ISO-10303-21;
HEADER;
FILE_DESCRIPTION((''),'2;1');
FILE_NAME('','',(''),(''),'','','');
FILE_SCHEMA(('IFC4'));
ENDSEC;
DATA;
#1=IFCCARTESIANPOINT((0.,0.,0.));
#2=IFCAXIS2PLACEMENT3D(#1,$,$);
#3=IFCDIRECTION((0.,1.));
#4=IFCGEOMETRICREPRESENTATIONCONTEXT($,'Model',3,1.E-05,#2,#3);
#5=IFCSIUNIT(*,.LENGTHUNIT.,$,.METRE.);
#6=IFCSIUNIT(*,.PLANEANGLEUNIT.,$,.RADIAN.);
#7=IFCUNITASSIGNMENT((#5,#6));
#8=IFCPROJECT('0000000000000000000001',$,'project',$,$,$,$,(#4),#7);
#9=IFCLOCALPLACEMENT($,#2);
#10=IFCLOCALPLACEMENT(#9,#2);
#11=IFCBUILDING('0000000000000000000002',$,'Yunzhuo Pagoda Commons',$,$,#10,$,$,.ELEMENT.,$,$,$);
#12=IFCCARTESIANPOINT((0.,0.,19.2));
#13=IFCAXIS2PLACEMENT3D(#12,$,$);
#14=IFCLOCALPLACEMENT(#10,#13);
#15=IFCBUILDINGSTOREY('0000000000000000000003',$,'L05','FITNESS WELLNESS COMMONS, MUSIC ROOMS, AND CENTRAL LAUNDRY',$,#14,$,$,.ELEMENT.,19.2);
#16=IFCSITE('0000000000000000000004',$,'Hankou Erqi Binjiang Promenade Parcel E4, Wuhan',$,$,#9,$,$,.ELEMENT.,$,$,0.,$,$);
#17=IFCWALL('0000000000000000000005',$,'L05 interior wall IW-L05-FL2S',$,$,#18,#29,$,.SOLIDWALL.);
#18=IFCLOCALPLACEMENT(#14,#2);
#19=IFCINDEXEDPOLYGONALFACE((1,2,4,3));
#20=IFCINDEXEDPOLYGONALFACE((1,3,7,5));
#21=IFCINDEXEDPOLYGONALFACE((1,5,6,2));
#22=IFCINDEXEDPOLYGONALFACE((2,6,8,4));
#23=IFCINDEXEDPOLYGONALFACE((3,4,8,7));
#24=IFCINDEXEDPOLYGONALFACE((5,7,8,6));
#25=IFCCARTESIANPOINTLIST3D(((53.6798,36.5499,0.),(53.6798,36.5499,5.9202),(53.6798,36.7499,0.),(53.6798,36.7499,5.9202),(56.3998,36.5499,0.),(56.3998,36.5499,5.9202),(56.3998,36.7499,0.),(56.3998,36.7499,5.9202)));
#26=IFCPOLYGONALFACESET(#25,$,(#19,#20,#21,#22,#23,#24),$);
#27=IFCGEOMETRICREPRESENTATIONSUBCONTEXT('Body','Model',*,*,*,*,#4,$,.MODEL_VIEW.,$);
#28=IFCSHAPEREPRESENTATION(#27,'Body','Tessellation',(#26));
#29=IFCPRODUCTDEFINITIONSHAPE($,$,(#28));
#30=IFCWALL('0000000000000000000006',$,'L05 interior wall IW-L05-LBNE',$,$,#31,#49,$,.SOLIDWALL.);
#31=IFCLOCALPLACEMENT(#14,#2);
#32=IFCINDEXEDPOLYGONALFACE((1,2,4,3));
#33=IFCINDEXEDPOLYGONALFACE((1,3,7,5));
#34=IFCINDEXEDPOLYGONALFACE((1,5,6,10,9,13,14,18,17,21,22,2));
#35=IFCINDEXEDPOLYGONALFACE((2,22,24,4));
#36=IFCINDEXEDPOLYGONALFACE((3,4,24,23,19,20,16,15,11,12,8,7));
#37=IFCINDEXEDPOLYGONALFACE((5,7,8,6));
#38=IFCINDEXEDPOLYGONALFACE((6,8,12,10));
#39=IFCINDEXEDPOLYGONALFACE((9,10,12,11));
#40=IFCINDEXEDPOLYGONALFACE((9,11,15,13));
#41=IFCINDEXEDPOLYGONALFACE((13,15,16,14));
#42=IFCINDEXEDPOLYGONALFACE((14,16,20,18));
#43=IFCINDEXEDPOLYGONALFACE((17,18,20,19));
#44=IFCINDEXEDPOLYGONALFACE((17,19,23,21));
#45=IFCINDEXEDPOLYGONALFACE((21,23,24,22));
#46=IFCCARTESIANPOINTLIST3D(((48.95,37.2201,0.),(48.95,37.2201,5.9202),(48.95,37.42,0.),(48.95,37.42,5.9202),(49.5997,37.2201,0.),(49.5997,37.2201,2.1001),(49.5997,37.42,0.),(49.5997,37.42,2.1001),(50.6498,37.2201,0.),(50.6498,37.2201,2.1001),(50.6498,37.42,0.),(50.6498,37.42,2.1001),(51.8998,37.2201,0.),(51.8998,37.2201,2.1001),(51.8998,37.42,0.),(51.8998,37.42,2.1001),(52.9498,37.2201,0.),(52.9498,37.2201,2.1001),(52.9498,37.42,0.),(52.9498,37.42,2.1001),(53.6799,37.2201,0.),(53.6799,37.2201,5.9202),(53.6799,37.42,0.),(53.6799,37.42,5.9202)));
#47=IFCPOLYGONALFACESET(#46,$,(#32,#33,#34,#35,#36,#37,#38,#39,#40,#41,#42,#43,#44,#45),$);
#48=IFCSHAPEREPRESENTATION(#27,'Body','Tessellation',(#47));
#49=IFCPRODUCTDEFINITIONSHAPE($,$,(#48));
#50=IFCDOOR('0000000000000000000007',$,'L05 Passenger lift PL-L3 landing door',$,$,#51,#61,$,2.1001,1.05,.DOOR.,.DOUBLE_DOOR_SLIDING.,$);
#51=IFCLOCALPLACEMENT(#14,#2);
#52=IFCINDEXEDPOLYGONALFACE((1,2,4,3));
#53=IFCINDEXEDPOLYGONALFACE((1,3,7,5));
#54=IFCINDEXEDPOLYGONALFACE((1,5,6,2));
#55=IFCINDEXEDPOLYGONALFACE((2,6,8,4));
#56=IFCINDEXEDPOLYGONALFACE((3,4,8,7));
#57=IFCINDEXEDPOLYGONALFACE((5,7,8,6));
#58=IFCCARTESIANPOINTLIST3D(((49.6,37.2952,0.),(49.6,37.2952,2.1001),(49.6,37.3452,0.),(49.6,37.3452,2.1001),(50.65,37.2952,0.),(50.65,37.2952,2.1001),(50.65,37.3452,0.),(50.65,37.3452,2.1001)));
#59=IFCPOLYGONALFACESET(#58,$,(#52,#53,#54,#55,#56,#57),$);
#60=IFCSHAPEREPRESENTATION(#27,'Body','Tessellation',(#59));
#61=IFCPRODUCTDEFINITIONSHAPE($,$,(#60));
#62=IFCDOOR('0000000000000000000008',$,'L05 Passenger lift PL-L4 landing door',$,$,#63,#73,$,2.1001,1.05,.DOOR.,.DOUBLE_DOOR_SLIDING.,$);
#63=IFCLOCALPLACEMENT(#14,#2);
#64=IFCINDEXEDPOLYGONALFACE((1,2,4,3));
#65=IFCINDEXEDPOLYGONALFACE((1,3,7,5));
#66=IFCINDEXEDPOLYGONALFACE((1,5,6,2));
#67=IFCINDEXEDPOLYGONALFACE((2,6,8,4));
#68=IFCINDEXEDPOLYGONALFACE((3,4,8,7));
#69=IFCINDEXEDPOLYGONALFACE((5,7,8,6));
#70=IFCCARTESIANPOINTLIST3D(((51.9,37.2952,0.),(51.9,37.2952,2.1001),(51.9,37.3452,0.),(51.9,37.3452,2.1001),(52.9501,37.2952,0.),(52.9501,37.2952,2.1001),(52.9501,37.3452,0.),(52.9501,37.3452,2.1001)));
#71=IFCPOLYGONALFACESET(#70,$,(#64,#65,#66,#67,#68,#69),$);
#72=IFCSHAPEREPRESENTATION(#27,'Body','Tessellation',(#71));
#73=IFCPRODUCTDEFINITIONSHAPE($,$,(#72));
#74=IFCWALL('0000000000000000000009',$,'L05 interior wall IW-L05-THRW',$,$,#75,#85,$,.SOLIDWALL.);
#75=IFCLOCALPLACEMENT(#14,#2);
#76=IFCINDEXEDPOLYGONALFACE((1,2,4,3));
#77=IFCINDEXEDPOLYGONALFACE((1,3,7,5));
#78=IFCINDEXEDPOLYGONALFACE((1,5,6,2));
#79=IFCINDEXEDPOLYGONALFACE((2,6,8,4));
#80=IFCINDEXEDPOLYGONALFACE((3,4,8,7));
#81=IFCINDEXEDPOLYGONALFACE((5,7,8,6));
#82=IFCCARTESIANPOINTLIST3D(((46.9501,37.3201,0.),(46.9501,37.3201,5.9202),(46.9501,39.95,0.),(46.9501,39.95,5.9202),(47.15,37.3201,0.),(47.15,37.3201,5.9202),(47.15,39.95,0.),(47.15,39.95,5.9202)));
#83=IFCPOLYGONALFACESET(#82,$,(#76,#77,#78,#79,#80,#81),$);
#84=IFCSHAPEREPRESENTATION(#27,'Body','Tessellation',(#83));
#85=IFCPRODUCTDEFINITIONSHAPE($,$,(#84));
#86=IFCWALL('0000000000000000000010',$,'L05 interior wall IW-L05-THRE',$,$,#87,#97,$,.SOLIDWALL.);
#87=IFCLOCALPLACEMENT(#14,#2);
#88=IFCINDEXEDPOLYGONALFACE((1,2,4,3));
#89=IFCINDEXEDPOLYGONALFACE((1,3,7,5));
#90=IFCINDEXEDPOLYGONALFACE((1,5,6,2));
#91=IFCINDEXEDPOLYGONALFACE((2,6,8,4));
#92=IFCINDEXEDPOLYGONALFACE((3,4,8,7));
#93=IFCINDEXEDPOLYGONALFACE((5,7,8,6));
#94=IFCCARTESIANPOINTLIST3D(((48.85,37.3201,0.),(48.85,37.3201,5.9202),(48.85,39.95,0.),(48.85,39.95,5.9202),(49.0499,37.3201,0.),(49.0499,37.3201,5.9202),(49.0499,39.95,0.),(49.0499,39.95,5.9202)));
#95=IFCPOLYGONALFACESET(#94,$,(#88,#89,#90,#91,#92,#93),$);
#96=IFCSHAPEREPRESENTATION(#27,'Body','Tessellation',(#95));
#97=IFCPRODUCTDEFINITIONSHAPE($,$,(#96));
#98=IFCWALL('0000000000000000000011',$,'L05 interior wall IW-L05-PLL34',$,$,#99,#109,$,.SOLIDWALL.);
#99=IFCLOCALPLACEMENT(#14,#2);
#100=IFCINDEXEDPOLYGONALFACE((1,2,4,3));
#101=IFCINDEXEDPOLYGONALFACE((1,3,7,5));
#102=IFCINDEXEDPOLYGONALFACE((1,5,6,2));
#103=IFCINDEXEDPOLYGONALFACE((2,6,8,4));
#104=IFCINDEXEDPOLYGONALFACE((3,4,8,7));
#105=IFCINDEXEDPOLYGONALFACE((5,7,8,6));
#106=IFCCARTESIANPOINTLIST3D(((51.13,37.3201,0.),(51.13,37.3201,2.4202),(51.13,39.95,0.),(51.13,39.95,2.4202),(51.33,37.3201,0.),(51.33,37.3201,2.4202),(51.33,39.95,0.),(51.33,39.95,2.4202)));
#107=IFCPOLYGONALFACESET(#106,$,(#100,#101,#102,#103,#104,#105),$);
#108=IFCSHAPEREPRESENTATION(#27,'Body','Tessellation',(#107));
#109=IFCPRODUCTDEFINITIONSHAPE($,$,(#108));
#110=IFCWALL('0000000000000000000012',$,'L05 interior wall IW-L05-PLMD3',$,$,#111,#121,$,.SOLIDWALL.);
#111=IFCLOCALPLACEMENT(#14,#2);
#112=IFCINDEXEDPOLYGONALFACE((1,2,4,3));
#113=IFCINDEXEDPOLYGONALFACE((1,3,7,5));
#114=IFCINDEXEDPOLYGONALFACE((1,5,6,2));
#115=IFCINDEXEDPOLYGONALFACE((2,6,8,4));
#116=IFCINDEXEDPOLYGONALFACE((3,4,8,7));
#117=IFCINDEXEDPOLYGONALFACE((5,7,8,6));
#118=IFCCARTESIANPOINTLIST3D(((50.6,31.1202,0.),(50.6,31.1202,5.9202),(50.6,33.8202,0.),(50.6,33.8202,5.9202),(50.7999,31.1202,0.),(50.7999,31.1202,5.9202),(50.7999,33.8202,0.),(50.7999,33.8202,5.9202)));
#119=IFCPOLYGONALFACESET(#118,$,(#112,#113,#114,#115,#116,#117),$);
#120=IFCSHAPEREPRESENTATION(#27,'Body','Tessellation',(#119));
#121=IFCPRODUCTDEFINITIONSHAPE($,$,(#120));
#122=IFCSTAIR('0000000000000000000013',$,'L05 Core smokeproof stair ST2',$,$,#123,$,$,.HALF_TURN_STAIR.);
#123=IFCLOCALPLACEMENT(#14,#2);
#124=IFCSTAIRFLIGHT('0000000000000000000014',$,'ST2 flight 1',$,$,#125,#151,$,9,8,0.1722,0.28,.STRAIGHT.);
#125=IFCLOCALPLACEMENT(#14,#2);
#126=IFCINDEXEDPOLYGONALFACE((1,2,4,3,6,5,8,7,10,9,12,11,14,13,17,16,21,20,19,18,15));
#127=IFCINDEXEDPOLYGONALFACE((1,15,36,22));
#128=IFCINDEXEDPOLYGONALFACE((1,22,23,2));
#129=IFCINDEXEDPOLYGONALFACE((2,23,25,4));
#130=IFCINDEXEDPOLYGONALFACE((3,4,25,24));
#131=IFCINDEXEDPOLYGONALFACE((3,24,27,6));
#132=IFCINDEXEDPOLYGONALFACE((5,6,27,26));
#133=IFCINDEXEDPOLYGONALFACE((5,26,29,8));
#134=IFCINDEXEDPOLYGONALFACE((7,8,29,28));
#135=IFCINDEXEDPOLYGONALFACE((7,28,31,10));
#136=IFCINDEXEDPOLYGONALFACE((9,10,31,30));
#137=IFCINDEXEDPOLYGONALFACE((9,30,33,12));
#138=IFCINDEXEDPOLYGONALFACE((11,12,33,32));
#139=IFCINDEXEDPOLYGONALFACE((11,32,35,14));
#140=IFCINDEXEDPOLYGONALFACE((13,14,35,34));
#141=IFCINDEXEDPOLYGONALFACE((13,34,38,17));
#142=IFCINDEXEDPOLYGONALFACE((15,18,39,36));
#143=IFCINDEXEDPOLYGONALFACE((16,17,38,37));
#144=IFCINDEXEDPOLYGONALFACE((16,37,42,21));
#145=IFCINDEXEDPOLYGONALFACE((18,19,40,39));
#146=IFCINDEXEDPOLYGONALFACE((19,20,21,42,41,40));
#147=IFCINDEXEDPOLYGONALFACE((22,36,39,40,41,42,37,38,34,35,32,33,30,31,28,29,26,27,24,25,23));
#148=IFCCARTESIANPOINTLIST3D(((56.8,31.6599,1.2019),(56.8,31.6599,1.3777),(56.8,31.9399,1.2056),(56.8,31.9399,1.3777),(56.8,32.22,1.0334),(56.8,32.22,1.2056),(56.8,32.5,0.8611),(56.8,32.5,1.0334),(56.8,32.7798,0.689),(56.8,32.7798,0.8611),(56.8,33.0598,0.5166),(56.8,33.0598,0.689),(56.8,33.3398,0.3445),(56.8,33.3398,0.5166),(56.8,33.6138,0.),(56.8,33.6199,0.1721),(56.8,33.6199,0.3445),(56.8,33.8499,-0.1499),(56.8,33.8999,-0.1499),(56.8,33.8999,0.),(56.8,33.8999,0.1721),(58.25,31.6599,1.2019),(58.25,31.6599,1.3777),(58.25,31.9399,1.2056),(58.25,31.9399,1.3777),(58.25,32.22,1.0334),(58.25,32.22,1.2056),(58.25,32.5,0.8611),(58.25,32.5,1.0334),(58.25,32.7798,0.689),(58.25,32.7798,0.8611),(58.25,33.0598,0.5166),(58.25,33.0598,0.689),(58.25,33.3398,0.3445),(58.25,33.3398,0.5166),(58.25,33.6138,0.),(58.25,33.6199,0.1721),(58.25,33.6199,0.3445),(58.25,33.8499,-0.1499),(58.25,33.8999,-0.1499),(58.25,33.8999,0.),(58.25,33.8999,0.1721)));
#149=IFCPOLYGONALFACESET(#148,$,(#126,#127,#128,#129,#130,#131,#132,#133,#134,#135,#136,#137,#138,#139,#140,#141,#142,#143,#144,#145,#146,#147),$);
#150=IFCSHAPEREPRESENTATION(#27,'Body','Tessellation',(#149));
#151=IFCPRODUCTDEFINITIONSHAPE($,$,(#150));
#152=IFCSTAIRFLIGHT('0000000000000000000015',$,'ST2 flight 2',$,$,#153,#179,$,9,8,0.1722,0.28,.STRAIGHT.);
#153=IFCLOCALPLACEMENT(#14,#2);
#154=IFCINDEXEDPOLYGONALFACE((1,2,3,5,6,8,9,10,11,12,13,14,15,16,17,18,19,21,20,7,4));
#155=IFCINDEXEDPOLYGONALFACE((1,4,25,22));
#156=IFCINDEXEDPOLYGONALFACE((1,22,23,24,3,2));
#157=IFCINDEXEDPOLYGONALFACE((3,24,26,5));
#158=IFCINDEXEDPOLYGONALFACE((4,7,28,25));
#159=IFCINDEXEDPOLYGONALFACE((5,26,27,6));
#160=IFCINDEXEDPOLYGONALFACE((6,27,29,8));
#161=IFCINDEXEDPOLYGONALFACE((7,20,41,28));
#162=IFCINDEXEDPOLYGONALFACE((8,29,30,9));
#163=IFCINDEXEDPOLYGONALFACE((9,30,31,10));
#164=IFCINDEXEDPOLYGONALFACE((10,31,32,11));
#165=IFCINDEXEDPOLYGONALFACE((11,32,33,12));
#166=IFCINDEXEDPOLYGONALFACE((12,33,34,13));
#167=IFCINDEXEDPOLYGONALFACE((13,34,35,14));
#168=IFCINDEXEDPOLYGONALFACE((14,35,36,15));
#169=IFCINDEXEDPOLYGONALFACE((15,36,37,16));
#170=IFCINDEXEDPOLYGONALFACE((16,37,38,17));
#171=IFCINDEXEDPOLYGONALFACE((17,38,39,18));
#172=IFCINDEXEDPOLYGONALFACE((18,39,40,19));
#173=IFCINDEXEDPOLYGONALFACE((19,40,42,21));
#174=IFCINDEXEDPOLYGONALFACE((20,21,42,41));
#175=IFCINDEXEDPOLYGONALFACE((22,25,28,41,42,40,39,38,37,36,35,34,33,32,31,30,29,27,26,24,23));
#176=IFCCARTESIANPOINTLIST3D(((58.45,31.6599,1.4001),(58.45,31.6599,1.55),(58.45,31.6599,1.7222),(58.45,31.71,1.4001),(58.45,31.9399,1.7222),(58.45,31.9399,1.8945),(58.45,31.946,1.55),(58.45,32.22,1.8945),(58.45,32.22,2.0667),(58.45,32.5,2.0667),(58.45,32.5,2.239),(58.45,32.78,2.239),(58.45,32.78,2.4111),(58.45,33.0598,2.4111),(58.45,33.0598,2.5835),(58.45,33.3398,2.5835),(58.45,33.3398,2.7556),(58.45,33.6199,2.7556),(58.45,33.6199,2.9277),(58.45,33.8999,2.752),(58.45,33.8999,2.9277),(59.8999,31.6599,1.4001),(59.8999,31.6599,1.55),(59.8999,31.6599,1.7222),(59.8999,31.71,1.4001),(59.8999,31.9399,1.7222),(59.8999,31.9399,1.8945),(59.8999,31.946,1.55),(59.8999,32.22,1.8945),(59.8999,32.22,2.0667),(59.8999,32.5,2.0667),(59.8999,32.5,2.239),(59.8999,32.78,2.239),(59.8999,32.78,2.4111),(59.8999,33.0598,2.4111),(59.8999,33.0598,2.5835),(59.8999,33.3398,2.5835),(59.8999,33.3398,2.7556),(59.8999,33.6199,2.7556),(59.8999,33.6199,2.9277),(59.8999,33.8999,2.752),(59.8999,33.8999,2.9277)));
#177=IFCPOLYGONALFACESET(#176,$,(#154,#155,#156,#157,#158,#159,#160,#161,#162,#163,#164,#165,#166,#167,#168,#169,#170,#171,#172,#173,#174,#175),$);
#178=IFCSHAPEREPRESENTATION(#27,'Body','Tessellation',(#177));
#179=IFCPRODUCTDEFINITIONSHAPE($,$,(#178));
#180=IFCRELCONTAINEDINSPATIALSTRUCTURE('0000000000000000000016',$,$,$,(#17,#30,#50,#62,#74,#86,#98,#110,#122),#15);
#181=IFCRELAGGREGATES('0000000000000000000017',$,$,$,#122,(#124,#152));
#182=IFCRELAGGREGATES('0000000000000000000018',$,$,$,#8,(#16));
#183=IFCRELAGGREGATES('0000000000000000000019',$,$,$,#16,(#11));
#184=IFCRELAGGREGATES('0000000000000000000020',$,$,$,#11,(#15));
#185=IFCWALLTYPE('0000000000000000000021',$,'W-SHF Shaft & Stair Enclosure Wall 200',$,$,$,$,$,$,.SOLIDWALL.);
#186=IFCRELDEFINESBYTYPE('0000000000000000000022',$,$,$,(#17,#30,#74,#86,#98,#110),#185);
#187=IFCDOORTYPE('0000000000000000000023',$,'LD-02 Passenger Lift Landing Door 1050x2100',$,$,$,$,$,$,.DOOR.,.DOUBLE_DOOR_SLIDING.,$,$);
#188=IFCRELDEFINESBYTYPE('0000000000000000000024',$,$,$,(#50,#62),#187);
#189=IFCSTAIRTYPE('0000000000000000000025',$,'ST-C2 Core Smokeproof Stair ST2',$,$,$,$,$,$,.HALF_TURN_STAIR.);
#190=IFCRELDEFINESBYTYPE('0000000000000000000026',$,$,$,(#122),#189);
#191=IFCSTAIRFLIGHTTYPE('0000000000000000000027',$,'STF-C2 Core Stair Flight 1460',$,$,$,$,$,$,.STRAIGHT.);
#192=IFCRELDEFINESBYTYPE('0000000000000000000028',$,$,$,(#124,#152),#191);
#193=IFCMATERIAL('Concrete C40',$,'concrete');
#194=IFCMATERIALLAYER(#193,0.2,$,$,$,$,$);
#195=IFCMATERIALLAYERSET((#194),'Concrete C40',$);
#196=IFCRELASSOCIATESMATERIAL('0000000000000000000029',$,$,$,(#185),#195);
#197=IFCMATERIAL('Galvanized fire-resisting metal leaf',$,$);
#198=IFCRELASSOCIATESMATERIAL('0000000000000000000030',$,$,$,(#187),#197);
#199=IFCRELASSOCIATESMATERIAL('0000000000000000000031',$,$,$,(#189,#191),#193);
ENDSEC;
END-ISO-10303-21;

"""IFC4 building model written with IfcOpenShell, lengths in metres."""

from ifc_helpers import new_model, si_unit, direction, frame, frame_2d, origin, place, context, subcontext, project, spatial, polyline, rectangle, outline, extrude, source, transform, mapped, material, layer, layer_set, type_object, element, fill, aggregate, save


model = new_model("IFC4")

# Units and contexts
model_context = context("Model", 3, precision=1e-05, world=origin(), true_north=direction((0.0, 1.0)))
body_context = subcontext(model_context, "Body", "Model", "MODEL_VIEW")
ifc_project = project(units=[si_unit("LENGTHUNIT", "METRE"), si_unit("PLANEANGLEUNIT", "RADIAN")], contexts=[model_context])

# Site, building, storey
site_placement = place(None, origin())
site = spatial("IfcSite", under=ifc_project, at=site_placement, Name="Hankou Erqi Binjiang Promenade Parcel E4, Wuhan", CompositionType="ELEMENT", RefElevation=0.0)
building_placement = place(site_placement, origin())
building = spatial("IfcBuilding", under=site, at=building_placement, Name="Yunzhuo Pagoda Commons", CompositionType="ELEMENT")
storey_placement = place(building_placement, frame((0.0, 0.0, 19.2)))
storey = spatial("IfcBuildingStorey", under=building, at=storey_placement, Name="L05", Description="FITNESS WELLNESS COMMONS, MUSIC ROOMS, AND CENTRAL LAUNDRY", CompositionType="ELEMENT", Elevation=19.2)

# Shared definitions
ifc_material_1 = material(Name="Galvanized fire-resisting metal leaf")
shared_shape_1 = source(origin(), body_context, "Body", "SweptSolid", [
    extrude(rectangle(XDim=1.05, YDim=2.1001, at=frame_2d((0.5249, 1.05))), frame((0.0, 0.0249, 0.0), z_axis=(0.0, -1.0, 0.0), x_axis=(1.0, 0.0, 0.0)), (0.0, 0.0, 1.0), 0.05),
])

# Wall
ifc_material_2 = material(Name="Concrete C40", Category="concrete")
ifc_layer_1 = layer(ifc_material_2, 0.2)
ifc_layer_set_1 = layer_set([ifc_layer_1], Name="Concrete C40")
wall_type_1 = type_object("IfcWallType", Name="W-SHF Shaft & Stair Enclosure Wall 200", PredefinedType="SOLIDWALL", material=ifc_layer_set_1)
wall_1_placement = place(storey_placement, frame((53.6799, 36.6499, 0.0), z_axis=(0.0, 0.0, 1.0), x_axis=(1.0, 0.0, 0.0)))
element("IfcWall", 1, at=wall_1_placement, inside=storey, type_object=wall_type_1, Name="L05 interior wall IW-L05-FL2S", PredefinedType="SOLIDWALL", context=body_context, shape_type="SweptSolid", body=[
    extrude(rectangle(XDim=2.72, YDim=0.2, at=frame_2d((1.3599, 0.0))), origin(), (0.0, 0.0, 1.0), 5.9202),
])

# Wall, openings, doors
wall_2_placement = place(storey_placement, frame((48.95, 37.3201, 0.0), z_axis=(0.0, 0.0, 1.0), x_axis=(1.0, 0.0, 0.0)))
wall_2 = element("IfcWall", 2, at=wall_2_placement, inside=storey, type_object=wall_type_1, Name="L05 interior wall IW-L05-LBNE", PredefinedType="SOLIDWALL", context=body_context, shape_type="SweptSolid", body=[
    extrude(rectangle(XDim=4.73, YDim=0.2, at=frame_2d((2.365, 0.0))), origin(), (0.0, 0.0, 1.0), 5.9202),
])
opening_1_placement = place(wall_2_placement, frame((0.6499, 0.0, 0.0)))
opening_1 = element("IfcOpeningElement", 3, at=opening_1_placement, cuts=wall_2, PredefinedType="OPENING", context=body_context, shape_type="SweptSolid", body=[
    extrude(rectangle(XDim=1.05, YDim=2.1001, at=frame_2d((0.5249, 1.05))), frame((0.0, 0.1099, 0.0), z_axis=(0.0, -1.0, 0.0), x_axis=(1.0, 0.0, 0.0)), (0.0, 0.0, 1.0), 0.22),
])
opening_2_placement = place(wall_2_placement, frame((2.95, 0.0, 0.0)))
opening_2 = element("IfcOpeningElement", 4, at=opening_2_placement, cuts=wall_2, PredefinedType="OPENING", context=body_context, shape_type="SweptSolid", body=[
    extrude(rectangle(XDim=1.05, YDim=2.1001, at=frame_2d((0.5249, 1.05))), frame((0.0, 0.1099, 0.0), z_axis=(0.0, -1.0, 0.0), x_axis=(1.0, 0.0, 0.0)), (0.0, 0.0, 1.0), 0.22),
])
door_type_1 = type_object("IfcDoorType", Name="LD-02 Passenger Lift Landing Door 1050x2100", OperationType="DOUBLE_DOOR_SLIDING", PredefinedType="DOOR", material=ifc_material_1)
door_1_placement = place(opening_1_placement, frame((1.05, 0.0, 0.0), z_axis=(0.0, 0.0, 1.0), x_axis=(-1.0, 0.0, 0.0)))
door_1 = element("IfcDoor", 5, at=door_1_placement, inside=storey, type_object=door_type_1, Name="L05 Passenger lift PL-L3 landing door", OperationType="DOUBLE_DOOR_SLIDING", OverallHeight=2.1001, OverallWidth=1.05, PredefinedType="DOOR", context=body_context, shape_type="MappedRepresentation", body=[
    mapped(shared_shape_1, transform((0.0, 0.0, 0.0), scale=1.0)),
])
fill(opening_1, door_1)
door_2_placement = place(opening_2_placement, frame((1.05, 0.0, 0.0), z_axis=(0.0, 0.0, 1.0), x_axis=(-1.0, 0.0, 0.0)))
door_2 = element("IfcDoor", 6, at=door_2_placement, inside=storey, type_object=door_type_1, Name="L05 Passenger lift PL-L4 landing door", OperationType="DOUBLE_DOOR_SLIDING", OverallHeight=2.1001, OverallWidth=1.05, PredefinedType="DOOR", context=body_context, shape_type="MappedRepresentation", body=[
    mapped(shared_shape_1, transform((0.0, 0.0, 0.0), scale=1.0)),
])
fill(opening_2, door_2)

# Walls
for number, where, z_axis, x_axis, name in (
    (7, (47.05, 37.3201, 0.0), (0.0, 0.0, 1.0), (0.0, 1.0, 0.0), "L05 interior wall IW-L05-THRW"),
    (8, (48.95, 37.3201, 0.0), (0.0, 0.0, 1.0), (0.0, 1.0, 0.0), "L05 interior wall IW-L05-THRE"),
):
    element("IfcWall", number, at=place(storey_placement, frame(where, z_axis=z_axis, x_axis=x_axis)), inside=storey, type_object=wall_type_1, Name=name, PredefinedType="SOLIDWALL", context=body_context, shape_type="SweptSolid", body=[
        extrude(rectangle(XDim=2.6299, YDim=0.2, at=frame_2d((1.3149, 0.0))), origin(), (0.0, 0.0, 1.0), 5.9202),
    ])
wall_3_placement = place(storey_placement, frame((51.23, 37.3201, 0.0), z_axis=(0.0, 0.0, 1.0), x_axis=(0.0, 1.0, 0.0)))
element("IfcWall", 9, at=wall_3_placement, inside=storey, type_object=wall_type_1, Name="L05 interior wall IW-L05-PLL34", PredefinedType="SOLIDWALL", context=body_context, shape_type="SweptSolid", body=[
    extrude(rectangle(XDim=2.6299, YDim=0.2, at=frame_2d((1.3149, 0.0))), origin(), (0.0, 0.0, 1.0), 2.4202),
])
wall_4_placement = place(storey_placement, frame((50.7, 31.1201, 0.0), z_axis=(0.0, 0.0, 1.0), x_axis=(0.0, 1.0, 0.0)))
element("IfcWall", 10, at=wall_4_placement, inside=storey, type_object=wall_type_1, Name="L05 interior wall IW-L05-PLMD3", PredefinedType="SOLIDWALL", context=body_context, shape_type="SweptSolid", body=[
    extrude(rectangle(XDim=2.7, YDim=0.2, at=frame_2d((1.3501, 0.0))), origin(), (0.0, 0.0, 1.0), 5.9202),
])

# Stair, stair flights
stair_type = type_object("IfcStairType", Name="ST-C2 Core Smokeproof Stair ST2", PredefinedType="HALF_TURN_STAIR", material=ifc_material_2)
stair_placement = place(storey_placement, origin())
stair = element("IfcStair", 11, at=stair_placement, inside=storey, type_object=stair_type, Name="L05 Core smokeproof stair ST2", PredefinedType="HALF_TURN_STAIR")
stair_flight_type = type_object("IfcStairFlightType", Name="STF-C2 Core Stair Flight 1460", PredefinedType="STRAIGHT", material=ifc_material_2)
shared_shape_2 = source(origin(), body_context, "Body", "SweptSolid", [
    extrude(outline(polyline([(0.0, -0.1499), (0.0, 0.0), (0.0, 0.1721), (0.28, 0.1721), (0.28, 0.3445), (0.5601, 0.3445), (0.5601, 0.5166), (0.8401, 0.5166), (0.8401, 0.689), (1.1201, 0.689), (1.1201, 0.8611), (1.3999, 0.8611), (1.3999, 1.0334), (1.6799, 1.0334), (1.6799, 1.2056), (1.96, 1.2056), (1.96, 1.3777), (2.24, 1.3777), (2.24, 1.55), (2.24, 1.2019), (0.2861, 0.0), (0.05, -0.1499), (0.0, -0.1499)])), frame((0.0, 0.7251, 0.0), z_axis=(0.0, -1.0, 0.0), x_axis=(1.0, 0.0, 0.0)), (0.0, 0.0, 1.0), 1.45),
])
stair_flight_1_placement = place(storey_placement, frame((57.5249, 33.8999, 0.0), z_axis=(0.0, 0.0, 1.0), x_axis=(0.0, -1.0, 0.0)))
stair_flight_1 = element("IfcStairFlight", 12, at=stair_flight_1_placement, type_object=stair_flight_type, Name="ST2 flight 1", NumberOfRisers=9, NumberOfTreads=8, PredefinedType="STRAIGHT", RiserHeight=0.1722, TreadLength=0.28, context=body_context, shape_type="MappedRepresentation", body=[
    mapped(shared_shape_2, transform((0.0, 0.0, 0.0), scale=1.0)),
])
stair_flight_2_placement = place(storey_placement, frame((59.175, 31.6599, 1.55), z_axis=(0.0, 0.0, 1.0), x_axis=(0.0, 1.0, 0.0)))
stair_flight_2 = element("IfcStairFlight", 13, at=stair_flight_2_placement, type_object=stair_flight_type, Name="ST2 flight 2", NumberOfRisers=9, NumberOfTreads=8, PredefinedType="STRAIGHT", RiserHeight=0.1722, TreadLength=0.28, context=body_context, shape_type="MappedRepresentation", body=[
    mapped(shared_shape_2, transform((0.0, 0.0, 0.0), scale=1.0)),
])
aggregate(stair, [stair_flight_1, stair_flight_2])

save(model, "model.ifc")
